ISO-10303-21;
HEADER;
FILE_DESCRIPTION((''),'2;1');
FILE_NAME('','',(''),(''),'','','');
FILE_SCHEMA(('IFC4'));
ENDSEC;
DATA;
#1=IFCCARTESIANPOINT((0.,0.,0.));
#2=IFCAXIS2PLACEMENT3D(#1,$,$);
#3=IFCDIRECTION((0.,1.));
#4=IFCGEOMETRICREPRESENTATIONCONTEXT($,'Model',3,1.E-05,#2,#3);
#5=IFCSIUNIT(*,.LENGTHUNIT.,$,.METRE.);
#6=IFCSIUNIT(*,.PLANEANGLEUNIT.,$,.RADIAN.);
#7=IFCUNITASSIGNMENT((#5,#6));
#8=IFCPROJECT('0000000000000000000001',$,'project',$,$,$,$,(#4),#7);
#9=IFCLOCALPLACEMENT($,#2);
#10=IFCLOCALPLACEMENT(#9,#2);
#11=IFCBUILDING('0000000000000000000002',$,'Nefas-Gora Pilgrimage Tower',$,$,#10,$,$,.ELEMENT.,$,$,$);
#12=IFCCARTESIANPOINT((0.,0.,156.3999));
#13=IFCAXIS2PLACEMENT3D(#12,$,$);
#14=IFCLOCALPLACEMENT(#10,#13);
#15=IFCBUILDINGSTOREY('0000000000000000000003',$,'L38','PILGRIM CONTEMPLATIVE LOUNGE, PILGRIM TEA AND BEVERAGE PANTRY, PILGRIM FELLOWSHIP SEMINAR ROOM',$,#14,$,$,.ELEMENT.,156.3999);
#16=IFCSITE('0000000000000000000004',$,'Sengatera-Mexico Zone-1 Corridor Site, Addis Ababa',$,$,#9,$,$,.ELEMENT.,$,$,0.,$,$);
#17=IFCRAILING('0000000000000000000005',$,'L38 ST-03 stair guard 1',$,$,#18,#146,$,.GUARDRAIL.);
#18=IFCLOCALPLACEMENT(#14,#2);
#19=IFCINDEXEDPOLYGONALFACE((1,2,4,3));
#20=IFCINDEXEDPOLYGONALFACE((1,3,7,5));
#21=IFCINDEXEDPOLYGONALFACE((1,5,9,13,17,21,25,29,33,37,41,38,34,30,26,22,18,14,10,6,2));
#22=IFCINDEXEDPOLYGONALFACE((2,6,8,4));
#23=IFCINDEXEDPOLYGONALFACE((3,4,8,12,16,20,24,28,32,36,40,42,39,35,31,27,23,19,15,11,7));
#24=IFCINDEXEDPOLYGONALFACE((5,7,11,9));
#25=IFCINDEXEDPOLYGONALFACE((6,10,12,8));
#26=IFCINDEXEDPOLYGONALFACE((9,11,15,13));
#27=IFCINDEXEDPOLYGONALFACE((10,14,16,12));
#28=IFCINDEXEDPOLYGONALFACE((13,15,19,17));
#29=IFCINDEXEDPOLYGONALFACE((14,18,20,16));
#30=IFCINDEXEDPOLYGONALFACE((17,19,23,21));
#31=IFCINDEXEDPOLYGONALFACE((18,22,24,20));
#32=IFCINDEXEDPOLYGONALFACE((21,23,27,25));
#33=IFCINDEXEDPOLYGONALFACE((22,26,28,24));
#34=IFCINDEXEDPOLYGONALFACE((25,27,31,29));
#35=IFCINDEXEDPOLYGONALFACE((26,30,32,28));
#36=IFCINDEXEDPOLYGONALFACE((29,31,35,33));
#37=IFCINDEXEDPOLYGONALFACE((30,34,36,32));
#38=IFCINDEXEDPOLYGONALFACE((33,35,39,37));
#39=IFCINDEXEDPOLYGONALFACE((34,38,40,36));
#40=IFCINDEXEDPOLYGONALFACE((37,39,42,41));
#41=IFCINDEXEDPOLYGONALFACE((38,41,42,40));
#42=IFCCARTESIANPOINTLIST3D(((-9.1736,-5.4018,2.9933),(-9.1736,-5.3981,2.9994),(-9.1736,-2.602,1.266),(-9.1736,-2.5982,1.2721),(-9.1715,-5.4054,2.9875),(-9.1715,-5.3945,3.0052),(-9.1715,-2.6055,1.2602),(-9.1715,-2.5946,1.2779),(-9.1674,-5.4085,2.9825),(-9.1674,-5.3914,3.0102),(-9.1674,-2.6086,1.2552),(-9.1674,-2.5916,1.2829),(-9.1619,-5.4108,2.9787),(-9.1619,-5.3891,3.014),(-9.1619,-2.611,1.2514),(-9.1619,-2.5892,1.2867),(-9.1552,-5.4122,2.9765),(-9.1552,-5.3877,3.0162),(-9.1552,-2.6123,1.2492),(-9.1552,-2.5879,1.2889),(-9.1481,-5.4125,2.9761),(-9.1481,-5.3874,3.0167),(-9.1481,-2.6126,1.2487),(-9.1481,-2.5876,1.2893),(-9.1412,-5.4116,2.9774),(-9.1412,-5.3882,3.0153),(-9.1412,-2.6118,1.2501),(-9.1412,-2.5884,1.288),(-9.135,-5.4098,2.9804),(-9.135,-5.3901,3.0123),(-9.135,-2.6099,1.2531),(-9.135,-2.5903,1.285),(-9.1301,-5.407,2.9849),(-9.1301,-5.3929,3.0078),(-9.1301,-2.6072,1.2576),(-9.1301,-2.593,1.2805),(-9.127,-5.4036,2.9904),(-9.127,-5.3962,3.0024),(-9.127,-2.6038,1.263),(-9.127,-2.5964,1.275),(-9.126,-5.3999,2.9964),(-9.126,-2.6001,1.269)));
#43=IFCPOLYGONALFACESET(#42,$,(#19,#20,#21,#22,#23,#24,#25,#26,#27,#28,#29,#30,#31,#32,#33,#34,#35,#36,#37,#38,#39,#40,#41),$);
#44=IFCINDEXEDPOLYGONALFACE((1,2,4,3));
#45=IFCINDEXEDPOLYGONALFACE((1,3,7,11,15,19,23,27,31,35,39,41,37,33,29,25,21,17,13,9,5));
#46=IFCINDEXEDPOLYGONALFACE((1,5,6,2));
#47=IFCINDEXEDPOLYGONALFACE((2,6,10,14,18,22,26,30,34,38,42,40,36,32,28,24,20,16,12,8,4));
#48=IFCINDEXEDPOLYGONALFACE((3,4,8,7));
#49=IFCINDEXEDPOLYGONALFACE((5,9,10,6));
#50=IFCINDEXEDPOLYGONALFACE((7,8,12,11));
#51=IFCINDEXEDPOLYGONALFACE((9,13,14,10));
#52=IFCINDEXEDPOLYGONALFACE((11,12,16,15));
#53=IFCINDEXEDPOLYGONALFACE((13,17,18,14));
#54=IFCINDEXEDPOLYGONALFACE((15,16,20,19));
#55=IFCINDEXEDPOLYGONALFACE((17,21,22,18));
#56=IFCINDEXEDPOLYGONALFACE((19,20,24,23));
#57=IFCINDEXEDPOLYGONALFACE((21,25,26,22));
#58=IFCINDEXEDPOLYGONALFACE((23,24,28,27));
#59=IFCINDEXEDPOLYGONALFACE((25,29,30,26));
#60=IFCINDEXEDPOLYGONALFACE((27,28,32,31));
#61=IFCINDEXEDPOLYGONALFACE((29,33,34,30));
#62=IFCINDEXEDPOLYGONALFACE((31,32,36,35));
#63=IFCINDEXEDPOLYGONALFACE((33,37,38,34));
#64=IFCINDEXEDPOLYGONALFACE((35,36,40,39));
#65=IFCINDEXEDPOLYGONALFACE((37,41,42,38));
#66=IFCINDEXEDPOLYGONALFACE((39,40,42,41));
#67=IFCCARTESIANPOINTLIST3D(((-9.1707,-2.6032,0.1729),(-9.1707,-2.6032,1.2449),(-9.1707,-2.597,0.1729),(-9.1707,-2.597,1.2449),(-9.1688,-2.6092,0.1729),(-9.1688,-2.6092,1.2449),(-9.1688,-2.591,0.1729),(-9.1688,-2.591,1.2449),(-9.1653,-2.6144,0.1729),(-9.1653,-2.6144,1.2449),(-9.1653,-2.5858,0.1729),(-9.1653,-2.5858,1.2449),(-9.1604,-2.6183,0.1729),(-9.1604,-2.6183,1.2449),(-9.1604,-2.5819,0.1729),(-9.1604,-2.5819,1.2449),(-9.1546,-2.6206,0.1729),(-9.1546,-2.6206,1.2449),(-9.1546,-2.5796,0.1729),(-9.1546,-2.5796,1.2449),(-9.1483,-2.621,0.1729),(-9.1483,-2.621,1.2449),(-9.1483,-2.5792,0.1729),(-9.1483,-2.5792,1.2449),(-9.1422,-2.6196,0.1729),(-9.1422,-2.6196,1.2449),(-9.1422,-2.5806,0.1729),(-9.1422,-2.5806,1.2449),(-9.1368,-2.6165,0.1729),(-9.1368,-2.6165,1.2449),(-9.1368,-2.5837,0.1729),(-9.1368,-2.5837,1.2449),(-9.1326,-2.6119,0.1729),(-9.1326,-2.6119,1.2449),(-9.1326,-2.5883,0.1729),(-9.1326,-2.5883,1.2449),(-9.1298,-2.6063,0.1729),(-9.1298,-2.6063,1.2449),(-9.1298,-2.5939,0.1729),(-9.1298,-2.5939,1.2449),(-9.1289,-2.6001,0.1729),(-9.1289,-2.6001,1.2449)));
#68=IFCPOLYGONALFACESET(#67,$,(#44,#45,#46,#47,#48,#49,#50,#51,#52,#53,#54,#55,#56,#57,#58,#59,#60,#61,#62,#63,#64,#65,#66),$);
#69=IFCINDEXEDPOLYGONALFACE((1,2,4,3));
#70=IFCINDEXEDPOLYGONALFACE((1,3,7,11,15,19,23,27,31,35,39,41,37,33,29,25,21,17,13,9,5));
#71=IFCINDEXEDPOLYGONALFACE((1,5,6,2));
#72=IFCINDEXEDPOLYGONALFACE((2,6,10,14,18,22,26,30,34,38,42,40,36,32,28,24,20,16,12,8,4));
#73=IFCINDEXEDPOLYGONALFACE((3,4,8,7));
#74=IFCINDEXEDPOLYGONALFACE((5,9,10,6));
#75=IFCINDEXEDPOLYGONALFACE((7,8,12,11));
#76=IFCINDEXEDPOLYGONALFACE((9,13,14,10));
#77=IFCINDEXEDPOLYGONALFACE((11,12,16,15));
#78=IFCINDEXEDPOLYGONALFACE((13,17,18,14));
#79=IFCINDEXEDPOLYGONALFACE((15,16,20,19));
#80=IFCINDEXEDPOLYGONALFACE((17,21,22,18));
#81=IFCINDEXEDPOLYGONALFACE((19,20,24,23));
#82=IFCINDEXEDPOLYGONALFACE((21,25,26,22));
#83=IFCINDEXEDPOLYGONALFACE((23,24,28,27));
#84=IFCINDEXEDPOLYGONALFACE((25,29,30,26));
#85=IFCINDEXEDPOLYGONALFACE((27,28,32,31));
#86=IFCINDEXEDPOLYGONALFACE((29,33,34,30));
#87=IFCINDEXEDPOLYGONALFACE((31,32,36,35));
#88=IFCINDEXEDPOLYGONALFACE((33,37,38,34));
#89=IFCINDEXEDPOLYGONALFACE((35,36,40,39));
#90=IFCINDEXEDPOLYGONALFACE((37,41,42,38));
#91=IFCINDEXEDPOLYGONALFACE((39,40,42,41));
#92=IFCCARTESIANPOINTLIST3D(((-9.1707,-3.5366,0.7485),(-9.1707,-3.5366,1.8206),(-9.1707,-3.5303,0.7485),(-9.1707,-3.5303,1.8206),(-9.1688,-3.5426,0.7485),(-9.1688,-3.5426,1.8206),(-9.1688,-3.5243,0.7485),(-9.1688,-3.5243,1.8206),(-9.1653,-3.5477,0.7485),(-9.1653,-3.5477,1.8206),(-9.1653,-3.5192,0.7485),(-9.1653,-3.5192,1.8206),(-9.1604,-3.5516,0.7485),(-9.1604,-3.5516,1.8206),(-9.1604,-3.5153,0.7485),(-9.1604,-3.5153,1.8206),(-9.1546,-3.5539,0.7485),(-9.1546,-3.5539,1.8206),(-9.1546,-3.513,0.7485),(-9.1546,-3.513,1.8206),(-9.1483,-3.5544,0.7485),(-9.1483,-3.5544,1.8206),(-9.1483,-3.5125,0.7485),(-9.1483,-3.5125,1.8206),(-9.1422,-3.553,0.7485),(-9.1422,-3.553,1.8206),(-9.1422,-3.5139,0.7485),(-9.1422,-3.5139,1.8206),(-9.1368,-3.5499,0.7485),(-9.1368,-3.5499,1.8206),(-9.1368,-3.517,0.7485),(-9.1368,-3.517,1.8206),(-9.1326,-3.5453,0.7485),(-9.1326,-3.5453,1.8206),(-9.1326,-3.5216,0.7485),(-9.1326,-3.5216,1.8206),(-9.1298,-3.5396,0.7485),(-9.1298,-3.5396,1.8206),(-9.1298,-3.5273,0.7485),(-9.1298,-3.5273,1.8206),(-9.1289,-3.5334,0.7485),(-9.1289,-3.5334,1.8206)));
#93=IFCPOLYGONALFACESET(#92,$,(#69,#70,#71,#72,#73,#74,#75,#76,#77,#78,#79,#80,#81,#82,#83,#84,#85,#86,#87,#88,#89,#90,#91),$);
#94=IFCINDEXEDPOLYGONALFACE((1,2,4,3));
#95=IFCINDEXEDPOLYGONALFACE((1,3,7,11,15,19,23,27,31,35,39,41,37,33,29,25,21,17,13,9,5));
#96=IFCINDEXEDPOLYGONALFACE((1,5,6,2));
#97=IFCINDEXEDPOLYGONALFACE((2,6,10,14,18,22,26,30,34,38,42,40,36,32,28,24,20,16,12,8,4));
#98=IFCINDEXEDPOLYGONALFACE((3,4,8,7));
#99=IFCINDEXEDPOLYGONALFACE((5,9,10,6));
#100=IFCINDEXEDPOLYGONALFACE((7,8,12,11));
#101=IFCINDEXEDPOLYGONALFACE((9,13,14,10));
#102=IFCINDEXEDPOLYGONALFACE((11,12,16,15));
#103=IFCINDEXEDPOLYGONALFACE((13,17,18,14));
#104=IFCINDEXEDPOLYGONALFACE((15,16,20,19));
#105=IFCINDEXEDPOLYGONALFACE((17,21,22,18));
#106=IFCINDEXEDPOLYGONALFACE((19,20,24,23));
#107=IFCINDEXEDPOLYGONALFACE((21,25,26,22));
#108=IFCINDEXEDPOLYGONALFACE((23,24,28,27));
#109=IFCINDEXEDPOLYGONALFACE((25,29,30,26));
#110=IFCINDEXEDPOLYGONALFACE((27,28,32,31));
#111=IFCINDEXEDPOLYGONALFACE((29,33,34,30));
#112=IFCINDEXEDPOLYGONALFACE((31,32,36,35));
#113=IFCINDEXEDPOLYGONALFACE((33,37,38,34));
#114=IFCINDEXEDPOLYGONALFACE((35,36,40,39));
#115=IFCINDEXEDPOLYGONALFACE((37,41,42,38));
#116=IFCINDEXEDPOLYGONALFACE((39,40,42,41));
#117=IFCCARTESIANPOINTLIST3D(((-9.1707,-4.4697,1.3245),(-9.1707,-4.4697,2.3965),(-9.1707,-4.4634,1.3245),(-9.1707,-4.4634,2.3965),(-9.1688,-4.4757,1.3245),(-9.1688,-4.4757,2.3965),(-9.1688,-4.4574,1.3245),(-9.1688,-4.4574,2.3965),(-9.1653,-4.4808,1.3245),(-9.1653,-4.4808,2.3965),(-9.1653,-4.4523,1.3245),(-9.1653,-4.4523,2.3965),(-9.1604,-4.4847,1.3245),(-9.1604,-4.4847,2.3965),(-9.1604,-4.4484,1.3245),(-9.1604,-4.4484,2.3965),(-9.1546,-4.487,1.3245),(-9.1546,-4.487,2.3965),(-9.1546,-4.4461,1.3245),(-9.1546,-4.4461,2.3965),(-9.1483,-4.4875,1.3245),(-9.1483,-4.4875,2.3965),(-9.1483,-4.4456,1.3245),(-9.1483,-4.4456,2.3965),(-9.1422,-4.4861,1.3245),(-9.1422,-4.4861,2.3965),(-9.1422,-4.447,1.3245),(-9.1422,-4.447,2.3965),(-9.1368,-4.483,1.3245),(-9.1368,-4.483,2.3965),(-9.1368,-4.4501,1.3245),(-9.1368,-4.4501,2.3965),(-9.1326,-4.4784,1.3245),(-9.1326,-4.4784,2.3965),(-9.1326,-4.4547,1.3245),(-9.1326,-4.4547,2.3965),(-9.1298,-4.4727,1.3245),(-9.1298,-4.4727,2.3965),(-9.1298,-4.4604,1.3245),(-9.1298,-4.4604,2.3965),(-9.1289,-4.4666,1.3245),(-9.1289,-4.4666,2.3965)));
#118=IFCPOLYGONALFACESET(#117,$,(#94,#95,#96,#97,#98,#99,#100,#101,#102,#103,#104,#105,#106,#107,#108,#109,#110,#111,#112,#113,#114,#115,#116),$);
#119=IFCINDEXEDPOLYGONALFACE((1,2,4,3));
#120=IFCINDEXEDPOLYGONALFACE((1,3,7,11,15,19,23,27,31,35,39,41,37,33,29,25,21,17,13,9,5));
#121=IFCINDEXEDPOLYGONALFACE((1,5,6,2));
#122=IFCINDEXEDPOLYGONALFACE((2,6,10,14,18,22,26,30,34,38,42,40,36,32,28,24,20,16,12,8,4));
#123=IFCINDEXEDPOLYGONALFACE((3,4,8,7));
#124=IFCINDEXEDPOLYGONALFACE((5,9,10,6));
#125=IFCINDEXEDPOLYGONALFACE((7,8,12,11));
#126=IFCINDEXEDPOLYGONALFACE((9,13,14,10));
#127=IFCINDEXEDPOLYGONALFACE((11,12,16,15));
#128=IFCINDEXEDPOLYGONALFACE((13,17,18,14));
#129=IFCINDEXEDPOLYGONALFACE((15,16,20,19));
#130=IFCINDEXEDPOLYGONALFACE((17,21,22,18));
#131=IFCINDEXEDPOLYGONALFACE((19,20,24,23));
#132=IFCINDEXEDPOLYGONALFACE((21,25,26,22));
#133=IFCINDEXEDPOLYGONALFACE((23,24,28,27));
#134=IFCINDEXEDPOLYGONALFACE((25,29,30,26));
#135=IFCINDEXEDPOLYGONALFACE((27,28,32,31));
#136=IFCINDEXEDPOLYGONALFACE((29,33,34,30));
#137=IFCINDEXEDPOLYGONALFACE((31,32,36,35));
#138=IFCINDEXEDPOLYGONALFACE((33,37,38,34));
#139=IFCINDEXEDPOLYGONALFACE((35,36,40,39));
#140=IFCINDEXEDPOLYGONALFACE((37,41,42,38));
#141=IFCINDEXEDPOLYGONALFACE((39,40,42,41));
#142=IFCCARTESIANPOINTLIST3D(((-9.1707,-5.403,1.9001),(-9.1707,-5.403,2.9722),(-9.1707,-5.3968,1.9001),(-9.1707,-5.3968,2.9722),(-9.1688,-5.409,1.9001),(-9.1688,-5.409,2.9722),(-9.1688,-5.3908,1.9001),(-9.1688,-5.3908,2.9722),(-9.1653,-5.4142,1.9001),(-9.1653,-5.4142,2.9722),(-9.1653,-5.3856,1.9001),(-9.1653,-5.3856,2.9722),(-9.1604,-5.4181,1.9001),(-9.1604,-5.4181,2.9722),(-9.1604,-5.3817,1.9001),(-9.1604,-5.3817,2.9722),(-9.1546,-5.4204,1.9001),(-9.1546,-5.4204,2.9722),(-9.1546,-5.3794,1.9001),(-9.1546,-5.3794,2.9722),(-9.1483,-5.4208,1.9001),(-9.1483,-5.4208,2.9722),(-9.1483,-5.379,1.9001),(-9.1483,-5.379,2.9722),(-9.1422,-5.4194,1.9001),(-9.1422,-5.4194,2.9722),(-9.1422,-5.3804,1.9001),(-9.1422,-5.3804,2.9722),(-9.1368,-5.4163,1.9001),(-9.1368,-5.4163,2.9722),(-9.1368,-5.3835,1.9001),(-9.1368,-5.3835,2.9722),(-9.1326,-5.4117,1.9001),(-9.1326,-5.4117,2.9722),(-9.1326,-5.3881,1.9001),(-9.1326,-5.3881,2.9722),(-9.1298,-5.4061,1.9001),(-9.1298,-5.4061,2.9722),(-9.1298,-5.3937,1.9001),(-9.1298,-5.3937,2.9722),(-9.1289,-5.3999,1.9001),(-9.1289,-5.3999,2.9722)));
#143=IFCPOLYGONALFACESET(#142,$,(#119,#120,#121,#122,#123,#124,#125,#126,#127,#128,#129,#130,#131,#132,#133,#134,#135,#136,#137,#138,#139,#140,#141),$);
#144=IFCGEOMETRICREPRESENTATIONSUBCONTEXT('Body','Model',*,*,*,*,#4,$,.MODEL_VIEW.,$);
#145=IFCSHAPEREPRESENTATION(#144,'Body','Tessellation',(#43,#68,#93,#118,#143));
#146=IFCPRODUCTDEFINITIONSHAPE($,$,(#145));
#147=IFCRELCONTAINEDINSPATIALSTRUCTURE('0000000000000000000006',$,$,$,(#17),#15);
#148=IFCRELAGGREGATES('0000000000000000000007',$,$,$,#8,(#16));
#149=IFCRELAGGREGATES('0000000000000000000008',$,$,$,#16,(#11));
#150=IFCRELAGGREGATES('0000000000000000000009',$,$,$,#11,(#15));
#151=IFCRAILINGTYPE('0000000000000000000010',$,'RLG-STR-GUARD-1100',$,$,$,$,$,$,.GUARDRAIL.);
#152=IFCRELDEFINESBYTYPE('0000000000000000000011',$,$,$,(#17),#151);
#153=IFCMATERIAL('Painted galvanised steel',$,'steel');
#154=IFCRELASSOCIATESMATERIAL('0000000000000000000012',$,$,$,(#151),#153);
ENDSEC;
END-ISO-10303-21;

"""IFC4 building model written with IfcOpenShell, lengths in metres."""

from ifc_helpers import new_model, si_unit, direction, frame, origin, origin_2d, place, context, subcontext, project, spatial, circle, extrude, material, type_object, element, save


model = new_model("IFC4")

# Units and contexts
model_context = context("Model", 3, precision=1e-05, world=origin(), true_north=direction((0.0, 1.0)))
body_context = subcontext(model_context, "Body", "Model", "MODEL_VIEW")
ifc_project = project(units=[si_unit("LENGTHUNIT", "METRE"), si_unit("PLANEANGLEUNIT", "RADIAN")], contexts=[model_context])

# Site, building, storey
site_placement = place(None, origin())
site = spatial("IfcSite", under=ifc_project, at=site_placement, Name="Sengatera-Mexico Zone-1 Corridor Site, Addis Ababa", CompositionType="ELEMENT", RefElevation=0.0)
building_placement = place(site_placement, origin())
building = spatial("IfcBuilding", under=site, at=building_placement, Name="Nefas-Gora Pilgrimage Tower", CompositionType="ELEMENT")
storey_placement = place(building_placement, frame((0.0, 0.0, 156.3999)))
storey = spatial("IfcBuildingStorey", under=building, at=storey_placement, Name="L38", Description="PILGRIM CONTEMPLATIVE LOUNGE, PILGRIM TEA AND BEVERAGE PANTRY, PILGRIM FELLOWSHIP SEMINAR ROOM", CompositionType="ELEMENT", Elevation=156.3999)

# Railing
ifc_material_1 = material(Name="Painted galvanised steel", Category="steel")
railing_type_1 = type_object("IfcRailingType", Name="RLG-STR-GUARD-1100", PredefinedType="GUARDRAIL", material=ifc_material_1)
railing_1_placement = place(storey_placement, frame((-9.1499, -2.6001, 0.1729)))
element("IfcRailing", 1, at=railing_1_placement, inside=storey, type_object=railing_type_1, Name="L38 ST-03 stair guard 1", PredefinedType="GUARDRAIL", context=body_context, shape_type="SweptSolid", body=[
    extrude(circle(Radius=0.0239, at=origin_2d()), frame((0.0, 0.0, 1.0962), z_axis=(0.0, -0.851069, 0.525054), x_axis=(1.0, 0.0, 0.0)), (0.0, 0.0, 1.0), 3.2898),
    extrude(circle(Radius=0.021, at=origin_2d()), origin(), (0.0, 0.0, 1.0), 1.072),
    extrude(circle(Radius=0.021, at=origin_2d()), frame((0.0, -0.9333, 0.5757)), (0.0, 0.0, 1.0), 1.072),
    extrude(circle(Radius=0.021, at=origin_2d()), frame((0.0, -1.8665, 1.1516)), (0.0, 0.0, 1.0), 1.072),
    extrude(circle(Radius=0.021, at=origin_2d()), frame((0.0, -2.7998, 1.7273)), (0.0, 0.0, 1.0), 1.072),
])

save(model, "model.ifc")
